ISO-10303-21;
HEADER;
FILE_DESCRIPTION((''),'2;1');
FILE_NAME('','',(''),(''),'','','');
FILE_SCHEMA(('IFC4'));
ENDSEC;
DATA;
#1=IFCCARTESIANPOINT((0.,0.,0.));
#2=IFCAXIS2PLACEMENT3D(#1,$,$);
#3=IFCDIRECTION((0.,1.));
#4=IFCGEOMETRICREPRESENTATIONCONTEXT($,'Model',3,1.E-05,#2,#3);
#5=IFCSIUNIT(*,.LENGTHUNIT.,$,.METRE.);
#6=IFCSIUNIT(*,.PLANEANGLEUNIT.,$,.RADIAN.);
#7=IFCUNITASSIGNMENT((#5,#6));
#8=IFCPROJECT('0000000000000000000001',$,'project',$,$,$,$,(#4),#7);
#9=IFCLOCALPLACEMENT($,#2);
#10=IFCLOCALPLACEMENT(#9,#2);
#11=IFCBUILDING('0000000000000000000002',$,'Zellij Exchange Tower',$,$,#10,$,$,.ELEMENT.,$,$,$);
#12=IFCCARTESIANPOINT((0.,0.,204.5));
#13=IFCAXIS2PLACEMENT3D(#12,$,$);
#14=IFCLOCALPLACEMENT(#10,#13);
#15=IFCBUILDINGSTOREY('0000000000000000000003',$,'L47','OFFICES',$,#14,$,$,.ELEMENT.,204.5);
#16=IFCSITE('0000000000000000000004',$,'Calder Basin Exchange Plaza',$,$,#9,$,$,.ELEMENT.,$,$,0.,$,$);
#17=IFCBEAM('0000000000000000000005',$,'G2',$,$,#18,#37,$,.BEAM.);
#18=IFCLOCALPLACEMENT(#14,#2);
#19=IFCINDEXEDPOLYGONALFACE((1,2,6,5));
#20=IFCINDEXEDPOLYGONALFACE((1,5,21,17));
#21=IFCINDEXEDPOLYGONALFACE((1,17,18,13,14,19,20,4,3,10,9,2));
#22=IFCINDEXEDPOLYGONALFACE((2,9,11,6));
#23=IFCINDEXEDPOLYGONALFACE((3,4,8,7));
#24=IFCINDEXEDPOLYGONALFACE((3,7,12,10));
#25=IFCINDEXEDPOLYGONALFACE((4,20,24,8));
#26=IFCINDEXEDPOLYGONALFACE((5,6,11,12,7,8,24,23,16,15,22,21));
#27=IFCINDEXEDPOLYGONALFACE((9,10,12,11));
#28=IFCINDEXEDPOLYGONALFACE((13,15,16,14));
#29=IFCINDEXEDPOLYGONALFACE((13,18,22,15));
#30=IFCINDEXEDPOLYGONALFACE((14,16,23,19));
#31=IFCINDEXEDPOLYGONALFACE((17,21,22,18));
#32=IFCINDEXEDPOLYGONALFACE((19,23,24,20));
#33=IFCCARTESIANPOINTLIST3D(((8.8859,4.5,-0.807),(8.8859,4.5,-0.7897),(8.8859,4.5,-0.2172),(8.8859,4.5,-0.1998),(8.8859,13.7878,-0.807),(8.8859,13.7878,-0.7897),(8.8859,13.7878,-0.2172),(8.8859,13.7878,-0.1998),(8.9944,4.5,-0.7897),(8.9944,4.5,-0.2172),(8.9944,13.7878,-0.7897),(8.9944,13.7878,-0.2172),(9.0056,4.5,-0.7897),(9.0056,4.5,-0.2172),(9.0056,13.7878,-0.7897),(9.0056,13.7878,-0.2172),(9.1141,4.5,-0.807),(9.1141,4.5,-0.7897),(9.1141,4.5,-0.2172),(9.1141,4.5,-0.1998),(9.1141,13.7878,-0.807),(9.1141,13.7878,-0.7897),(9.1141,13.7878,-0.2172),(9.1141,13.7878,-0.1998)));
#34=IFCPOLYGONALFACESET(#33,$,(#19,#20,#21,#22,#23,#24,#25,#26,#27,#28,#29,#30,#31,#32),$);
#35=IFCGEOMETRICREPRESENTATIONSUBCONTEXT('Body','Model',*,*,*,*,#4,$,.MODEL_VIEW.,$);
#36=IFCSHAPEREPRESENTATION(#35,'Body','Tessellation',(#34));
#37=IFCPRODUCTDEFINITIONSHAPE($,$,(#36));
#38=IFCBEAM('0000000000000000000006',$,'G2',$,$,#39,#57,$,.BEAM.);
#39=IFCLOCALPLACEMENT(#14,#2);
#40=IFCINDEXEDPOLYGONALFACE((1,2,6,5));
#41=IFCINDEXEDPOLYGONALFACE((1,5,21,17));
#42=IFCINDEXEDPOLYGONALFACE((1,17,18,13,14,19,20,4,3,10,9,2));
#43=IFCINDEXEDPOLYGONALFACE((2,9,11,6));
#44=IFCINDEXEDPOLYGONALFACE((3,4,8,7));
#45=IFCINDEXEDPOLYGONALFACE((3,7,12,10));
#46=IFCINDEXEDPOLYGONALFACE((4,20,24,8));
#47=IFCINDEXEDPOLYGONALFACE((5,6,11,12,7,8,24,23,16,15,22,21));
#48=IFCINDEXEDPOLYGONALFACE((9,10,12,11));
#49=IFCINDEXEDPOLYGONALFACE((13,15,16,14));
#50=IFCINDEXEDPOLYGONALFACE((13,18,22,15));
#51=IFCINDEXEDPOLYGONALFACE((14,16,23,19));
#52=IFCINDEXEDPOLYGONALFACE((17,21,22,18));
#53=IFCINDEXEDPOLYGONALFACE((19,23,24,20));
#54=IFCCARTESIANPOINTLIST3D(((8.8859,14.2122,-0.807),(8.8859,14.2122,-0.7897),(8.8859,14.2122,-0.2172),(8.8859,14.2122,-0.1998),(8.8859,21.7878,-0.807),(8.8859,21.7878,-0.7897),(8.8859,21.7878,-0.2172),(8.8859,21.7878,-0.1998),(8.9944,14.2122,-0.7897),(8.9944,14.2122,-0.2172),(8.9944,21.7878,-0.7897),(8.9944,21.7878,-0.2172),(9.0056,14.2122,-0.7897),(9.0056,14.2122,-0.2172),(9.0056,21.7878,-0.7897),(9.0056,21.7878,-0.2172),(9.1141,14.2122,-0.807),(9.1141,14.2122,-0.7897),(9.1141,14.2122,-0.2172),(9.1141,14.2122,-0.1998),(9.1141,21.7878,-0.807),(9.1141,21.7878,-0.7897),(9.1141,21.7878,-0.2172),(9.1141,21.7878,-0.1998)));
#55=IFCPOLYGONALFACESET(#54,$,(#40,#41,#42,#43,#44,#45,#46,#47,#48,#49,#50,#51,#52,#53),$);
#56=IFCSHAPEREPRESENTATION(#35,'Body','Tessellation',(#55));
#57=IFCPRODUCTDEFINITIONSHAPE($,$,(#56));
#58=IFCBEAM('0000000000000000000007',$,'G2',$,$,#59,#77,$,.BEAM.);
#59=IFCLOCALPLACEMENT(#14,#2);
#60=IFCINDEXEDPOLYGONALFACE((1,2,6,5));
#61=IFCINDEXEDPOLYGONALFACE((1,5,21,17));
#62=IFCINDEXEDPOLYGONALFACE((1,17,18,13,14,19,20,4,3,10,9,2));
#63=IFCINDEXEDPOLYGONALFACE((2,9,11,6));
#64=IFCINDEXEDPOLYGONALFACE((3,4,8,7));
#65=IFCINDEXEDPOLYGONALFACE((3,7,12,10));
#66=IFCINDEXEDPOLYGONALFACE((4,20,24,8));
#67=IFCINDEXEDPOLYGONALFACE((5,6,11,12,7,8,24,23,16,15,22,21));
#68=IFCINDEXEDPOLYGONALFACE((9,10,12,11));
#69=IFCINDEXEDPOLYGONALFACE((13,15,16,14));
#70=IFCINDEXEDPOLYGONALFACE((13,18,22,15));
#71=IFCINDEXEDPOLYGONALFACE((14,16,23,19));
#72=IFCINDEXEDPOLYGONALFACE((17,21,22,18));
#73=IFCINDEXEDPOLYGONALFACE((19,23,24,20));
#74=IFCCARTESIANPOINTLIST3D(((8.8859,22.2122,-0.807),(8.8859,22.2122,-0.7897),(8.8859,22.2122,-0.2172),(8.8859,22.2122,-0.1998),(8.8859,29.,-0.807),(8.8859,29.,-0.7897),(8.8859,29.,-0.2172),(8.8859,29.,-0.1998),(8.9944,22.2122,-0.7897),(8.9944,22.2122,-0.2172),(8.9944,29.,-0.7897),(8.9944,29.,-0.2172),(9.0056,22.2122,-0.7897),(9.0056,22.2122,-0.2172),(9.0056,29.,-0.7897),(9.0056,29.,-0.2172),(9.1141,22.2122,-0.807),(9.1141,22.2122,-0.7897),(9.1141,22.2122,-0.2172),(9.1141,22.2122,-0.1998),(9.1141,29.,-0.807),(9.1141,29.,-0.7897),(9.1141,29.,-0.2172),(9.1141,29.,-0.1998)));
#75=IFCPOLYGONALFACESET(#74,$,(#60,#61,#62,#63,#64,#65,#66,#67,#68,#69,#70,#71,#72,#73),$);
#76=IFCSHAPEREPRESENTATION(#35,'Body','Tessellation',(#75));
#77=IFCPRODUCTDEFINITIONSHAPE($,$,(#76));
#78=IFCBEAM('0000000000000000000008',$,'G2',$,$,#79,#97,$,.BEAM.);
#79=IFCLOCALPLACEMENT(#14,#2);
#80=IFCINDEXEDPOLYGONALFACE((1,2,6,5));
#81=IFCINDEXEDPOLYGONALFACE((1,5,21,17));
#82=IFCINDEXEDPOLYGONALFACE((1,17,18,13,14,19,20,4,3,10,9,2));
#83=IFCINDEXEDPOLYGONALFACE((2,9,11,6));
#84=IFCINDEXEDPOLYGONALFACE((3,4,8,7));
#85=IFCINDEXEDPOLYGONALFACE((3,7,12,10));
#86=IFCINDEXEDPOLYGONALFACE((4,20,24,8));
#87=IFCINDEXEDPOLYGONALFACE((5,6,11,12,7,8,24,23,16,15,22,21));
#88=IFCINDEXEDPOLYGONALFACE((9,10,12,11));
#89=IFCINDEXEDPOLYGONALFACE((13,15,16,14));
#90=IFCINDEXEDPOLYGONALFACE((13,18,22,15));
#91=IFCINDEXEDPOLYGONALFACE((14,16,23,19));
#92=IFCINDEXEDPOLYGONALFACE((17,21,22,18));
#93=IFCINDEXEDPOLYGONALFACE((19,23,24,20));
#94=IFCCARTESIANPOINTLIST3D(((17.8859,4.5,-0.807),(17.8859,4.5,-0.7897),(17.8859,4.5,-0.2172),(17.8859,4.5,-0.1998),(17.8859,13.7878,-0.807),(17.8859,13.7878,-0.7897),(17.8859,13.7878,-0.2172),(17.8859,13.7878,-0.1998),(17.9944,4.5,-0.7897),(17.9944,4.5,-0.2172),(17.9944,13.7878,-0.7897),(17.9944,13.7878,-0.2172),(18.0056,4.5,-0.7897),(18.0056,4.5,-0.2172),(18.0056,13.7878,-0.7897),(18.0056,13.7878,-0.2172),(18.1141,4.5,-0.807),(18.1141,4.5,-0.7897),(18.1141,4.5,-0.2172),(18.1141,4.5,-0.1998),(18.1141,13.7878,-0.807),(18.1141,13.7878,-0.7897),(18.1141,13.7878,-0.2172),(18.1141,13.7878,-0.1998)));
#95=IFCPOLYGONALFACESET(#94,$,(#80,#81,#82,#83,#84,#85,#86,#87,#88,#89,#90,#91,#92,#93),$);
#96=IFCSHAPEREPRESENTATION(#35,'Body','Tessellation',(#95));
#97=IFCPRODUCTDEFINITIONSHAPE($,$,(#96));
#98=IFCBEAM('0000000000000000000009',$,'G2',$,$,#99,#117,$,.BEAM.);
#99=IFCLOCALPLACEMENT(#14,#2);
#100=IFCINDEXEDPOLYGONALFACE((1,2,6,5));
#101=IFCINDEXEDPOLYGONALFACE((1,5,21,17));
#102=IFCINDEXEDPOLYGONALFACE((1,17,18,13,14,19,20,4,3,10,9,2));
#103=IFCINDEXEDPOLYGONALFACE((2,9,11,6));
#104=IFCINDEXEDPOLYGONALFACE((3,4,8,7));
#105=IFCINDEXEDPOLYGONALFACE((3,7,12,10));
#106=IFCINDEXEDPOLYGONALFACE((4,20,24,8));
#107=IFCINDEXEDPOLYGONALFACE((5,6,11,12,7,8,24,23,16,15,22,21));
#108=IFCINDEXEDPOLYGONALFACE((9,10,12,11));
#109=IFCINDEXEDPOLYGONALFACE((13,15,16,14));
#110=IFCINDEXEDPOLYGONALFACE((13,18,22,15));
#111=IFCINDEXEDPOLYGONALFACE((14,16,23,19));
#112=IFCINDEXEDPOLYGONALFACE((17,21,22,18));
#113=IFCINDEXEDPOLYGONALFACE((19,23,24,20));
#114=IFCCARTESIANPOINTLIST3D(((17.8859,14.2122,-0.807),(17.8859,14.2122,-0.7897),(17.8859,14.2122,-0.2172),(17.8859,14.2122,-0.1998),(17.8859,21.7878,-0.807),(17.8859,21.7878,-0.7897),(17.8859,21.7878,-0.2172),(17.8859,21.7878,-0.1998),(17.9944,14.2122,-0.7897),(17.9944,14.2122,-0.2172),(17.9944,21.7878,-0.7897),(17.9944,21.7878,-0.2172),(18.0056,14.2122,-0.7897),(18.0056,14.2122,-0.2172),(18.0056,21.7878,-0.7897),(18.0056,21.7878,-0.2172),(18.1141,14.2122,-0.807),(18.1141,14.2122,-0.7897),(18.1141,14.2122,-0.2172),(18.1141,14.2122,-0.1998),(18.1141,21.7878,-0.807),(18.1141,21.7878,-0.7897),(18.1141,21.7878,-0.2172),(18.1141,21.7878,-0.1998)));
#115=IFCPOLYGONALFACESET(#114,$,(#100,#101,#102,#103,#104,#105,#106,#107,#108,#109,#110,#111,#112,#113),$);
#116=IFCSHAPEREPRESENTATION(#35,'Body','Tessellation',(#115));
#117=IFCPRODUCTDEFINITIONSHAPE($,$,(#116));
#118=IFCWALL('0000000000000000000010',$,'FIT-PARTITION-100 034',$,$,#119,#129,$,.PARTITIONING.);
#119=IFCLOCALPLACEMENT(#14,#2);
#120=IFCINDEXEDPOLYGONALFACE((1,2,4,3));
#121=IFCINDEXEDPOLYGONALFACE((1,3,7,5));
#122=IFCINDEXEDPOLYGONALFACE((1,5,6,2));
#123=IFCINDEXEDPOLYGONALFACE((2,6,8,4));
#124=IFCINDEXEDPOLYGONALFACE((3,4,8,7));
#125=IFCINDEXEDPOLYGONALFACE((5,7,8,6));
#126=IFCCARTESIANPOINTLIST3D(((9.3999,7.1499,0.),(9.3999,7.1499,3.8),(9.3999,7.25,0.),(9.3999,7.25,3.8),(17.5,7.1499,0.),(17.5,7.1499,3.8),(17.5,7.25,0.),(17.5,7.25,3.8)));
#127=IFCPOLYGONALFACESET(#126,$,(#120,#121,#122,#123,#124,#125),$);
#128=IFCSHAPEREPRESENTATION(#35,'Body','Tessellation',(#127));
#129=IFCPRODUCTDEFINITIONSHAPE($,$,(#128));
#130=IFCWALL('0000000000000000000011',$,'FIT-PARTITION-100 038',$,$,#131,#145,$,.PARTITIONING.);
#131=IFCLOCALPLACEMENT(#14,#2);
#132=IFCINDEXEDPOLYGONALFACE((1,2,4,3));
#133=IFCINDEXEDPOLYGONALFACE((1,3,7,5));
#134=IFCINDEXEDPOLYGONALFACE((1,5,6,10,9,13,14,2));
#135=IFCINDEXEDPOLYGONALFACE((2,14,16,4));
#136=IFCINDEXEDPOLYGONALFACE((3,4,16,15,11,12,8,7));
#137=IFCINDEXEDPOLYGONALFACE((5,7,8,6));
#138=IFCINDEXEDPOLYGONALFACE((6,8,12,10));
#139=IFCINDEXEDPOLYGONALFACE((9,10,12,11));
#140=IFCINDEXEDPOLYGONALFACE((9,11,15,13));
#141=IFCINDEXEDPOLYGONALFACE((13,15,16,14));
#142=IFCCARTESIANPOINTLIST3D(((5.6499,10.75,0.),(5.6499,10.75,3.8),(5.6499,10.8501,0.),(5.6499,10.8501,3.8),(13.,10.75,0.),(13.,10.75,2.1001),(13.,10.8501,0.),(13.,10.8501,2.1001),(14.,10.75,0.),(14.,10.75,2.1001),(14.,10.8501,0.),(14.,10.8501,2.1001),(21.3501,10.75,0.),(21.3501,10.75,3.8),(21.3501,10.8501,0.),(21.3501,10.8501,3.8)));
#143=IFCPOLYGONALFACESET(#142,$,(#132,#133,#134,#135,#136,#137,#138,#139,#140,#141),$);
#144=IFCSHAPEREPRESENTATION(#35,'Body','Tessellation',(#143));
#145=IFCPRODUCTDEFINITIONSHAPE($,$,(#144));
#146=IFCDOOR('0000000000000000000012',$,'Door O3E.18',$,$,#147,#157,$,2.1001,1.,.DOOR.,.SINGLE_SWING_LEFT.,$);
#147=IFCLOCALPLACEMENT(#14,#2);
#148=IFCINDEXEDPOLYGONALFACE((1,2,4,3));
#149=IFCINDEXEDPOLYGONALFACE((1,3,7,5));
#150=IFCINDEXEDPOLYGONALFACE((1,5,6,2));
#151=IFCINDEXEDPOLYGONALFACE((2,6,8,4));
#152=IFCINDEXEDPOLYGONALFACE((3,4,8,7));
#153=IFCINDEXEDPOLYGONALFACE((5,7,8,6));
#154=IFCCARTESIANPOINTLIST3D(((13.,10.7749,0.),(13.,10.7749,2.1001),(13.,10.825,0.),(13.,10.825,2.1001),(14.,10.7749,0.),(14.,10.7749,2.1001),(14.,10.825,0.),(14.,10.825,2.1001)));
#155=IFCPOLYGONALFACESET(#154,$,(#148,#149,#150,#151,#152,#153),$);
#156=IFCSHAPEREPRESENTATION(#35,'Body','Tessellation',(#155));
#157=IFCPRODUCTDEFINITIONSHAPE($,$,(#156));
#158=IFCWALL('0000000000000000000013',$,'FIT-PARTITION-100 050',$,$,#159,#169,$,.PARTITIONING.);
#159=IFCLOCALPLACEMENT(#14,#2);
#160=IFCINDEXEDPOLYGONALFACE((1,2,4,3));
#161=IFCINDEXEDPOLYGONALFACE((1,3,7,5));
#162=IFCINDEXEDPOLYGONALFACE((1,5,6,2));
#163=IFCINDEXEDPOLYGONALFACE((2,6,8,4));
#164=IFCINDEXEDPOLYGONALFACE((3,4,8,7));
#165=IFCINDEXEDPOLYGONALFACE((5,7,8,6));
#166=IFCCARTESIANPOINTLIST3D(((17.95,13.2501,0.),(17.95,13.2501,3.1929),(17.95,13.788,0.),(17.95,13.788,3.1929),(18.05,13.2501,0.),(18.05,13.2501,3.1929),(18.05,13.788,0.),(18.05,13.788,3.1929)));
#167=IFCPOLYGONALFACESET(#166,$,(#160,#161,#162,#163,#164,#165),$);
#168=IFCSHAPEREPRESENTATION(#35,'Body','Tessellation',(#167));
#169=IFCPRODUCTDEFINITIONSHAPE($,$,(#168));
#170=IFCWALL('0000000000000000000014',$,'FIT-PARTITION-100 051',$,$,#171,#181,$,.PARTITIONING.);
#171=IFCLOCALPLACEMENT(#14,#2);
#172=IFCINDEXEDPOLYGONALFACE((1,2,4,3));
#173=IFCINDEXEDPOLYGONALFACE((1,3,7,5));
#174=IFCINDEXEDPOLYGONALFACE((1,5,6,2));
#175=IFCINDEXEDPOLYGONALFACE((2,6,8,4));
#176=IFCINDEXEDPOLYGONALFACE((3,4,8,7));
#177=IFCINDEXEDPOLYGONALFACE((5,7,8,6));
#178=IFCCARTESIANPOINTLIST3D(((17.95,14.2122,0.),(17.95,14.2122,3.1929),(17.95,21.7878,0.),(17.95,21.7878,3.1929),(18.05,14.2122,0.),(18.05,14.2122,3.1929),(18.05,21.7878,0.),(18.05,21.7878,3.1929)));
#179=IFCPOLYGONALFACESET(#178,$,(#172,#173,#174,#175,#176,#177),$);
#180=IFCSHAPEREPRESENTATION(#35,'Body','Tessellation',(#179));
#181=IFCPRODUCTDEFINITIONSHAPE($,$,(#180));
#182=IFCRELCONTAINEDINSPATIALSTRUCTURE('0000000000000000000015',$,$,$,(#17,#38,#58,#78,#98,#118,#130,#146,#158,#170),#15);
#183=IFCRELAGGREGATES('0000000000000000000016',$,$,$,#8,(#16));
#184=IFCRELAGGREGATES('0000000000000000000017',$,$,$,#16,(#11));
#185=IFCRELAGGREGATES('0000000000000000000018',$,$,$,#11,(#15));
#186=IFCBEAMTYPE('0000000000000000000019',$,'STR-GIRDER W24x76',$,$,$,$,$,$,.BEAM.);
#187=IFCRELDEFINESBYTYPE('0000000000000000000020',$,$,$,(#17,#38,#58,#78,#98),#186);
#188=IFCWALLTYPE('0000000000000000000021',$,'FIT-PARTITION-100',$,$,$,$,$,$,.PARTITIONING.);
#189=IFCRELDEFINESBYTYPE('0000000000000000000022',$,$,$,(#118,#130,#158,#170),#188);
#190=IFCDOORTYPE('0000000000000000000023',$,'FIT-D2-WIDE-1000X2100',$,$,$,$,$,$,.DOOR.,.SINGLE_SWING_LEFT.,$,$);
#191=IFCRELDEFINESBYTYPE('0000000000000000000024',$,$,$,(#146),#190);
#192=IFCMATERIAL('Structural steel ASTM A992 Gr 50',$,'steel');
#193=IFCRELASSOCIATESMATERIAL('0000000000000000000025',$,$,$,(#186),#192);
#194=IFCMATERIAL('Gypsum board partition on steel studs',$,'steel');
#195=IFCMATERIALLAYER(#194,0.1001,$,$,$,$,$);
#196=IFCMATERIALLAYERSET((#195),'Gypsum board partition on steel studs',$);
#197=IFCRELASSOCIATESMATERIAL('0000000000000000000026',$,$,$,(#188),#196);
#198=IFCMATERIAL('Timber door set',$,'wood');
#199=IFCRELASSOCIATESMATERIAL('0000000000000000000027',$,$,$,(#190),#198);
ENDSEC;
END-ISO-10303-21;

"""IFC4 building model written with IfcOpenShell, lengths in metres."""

from ifc_helpers import new_model, si_unit, direction, frame, frame_2d, origin, origin_2d, place, context, subcontext, project, spatial, rectangle, i_section, extrude, material, layer, layer_set, material_profile, profile_set, type_object, element, fill, save


model = new_model("IFC4")

# Units and contexts
model_context = context("Model", 3, precision=1e-05, world=origin(), true_north=direction((0.0, 1.0)))
body_context = subcontext(model_context, "Body", "Model", "MODEL_VIEW")
ifc_project = project(units=[si_unit("LENGTHUNIT", "METRE"), si_unit("PLANEANGLEUNIT", "RADIAN")], contexts=[model_context])

# Site, building, storey
site_placement = place(None, origin())
site = spatial("IfcSite", under=ifc_project, at=site_placement, Name="Calder Basin Exchange Plaza", CompositionType="ELEMENT", RefElevation=0.0)
building_placement = place(site_placement, origin())
building = spatial("IfcBuilding", under=site, at=building_placement, Name="Zellij Exchange Tower", CompositionType="ELEMENT")
storey_placement = place(building_placement, frame((0.0, 0.0, 204.5)))
storey = spatial("IfcBuildingStorey", under=building, at=storey_placement, Name="L47", Description="OFFICES", CompositionType="ELEMENT", Elevation=204.5)

# Beams
ifc_material_1 = material(Name="Structural steel ASTM A992 Gr 50", Category="steel")
ifc_material_profile_1 = material_profile(ifc_material_1, i_section(OverallWidth=0.2283, OverallDepth=0.6072, WebThickness=0.0112, FlangeThickness=0.0173, at=origin_2d()), Name="W24x76")
ifc_profile_set_1 = profile_set([ifc_material_profile_1], Name="Structural steel ASTM A992 Gr 50")
beam_type = type_object("IfcBeamType", Name="STR-GIRDER W24x76", PredefinedType="BEAM", material=ifc_profile_set_1)
beam_1_placement = place(storey_placement, frame((9.0, 4.5, -0.5034), z_axis=(0.0, 1.0, 0.0), x_axis=(-1.0, 0.0, 0.0)))
element("IfcBeam", 1, at=beam_1_placement, inside=storey, type_object=beam_type, Name="G2", PredefinedType="BEAM", context=body_context, shape_type="SweptSolid", body=[
    extrude(i_section(OverallWidth=0.2283, OverallDepth=0.6072, WebThickness=0.0112, FlangeThickness=0.0173, at=origin_2d()), origin(), (0.0, 0.0, 1.0), 9.2878),
])
beam_2_placement = place(storey_placement, frame((9.0, 14.2122, -0.5034), z_axis=(0.0, 1.0, 0.0), x_axis=(-1.0, 0.0, 0.0)))
element("IfcBeam", 2, at=beam_2_placement, inside=storey, type_object=beam_type, Name="G2", PredefinedType="BEAM", context=body_context, shape_type="SweptSolid", body=[
    extrude(i_section(OverallWidth=0.2283, OverallDepth=0.6072, WebThickness=0.0112, FlangeThickness=0.0173, at=origin_2d()), origin(), (0.0, 0.0, 1.0), 7.5757),
])
beam_3_placement = place(storey_placement, frame((9.0, 22.2122, -0.5034), z_axis=(0.0, 1.0, 0.0), x_axis=(-1.0, 0.0, 0.0)))
element("IfcBeam", 3, at=beam_3_placement, inside=storey, type_object=beam_type, Name="G2", PredefinedType="BEAM", context=body_context, shape_type="SweptSolid", body=[
    extrude(i_section(OverallWidth=0.2283, OverallDepth=0.6072, WebThickness=0.0112, FlangeThickness=0.0173, at=origin_2d()), origin(), (0.0, 0.0, 1.0), 6.7878),
])
beam_4_placement = place(storey_placement, frame((18.0, 4.5, -0.5034), z_axis=(0.0, 1.0, 0.0), x_axis=(-1.0, 0.0, 0.0)))
element("IfcBeam", 4, at=beam_4_placement, inside=storey, type_object=beam_type, Name="G2", PredefinedType="BEAM", context=body_context, shape_type="SweptSolid", body=[
    extrude(i_section(OverallWidth=0.2283, OverallDepth=0.6072, WebThickness=0.0112, FlangeThickness=0.0173, at=origin_2d()), origin(), (0.0, 0.0, 1.0), 9.2878),
])
beam_5_placement = place(storey_placement, frame((18.0, 14.2122, -0.5034), z_axis=(0.0, 1.0, 0.0), x_axis=(-1.0, 0.0, 0.0)))
element("IfcBeam", 5, at=beam_5_placement, inside=storey, type_object=beam_type, Name="G2", PredefinedType="BEAM", context=body_context, shape_type="SweptSolid", body=[
    extrude(i_section(OverallWidth=0.2283, OverallDepth=0.6072, WebThickness=0.0112, FlangeThickness=0.0173, at=origin_2d()), origin(), (0.0, 0.0, 1.0), 7.5757),
])

# Wall
ifc_material_2 = material(Name="Gypsum board partition on steel studs", Category="steel")
ifc_layer_1 = layer(ifc_material_2, 0.1001)
ifc_layer_set_1 = layer_set([ifc_layer_1], Name="Gypsum board partition on steel studs")
wall_type = type_object("IfcWallType", Name="FIT-PARTITION-100", PredefinedType="PARTITIONING", material=ifc_layer_set_1)
wall_1_placement = place(storey_placement, frame((9.3999, 7.2, 0.0), z_axis=(0.0, 0.0, 1.0), x_axis=(1.0, 0.0, 0.0)))
element("IfcWall", 6, at=wall_1_placement, inside=storey, type_object=wall_type, Name="FIT-PARTITION-100 034", PredefinedType="PARTITIONING", context=body_context, shape_type="SweptSolid", body=[
    extrude(rectangle(XDim=8.1001, YDim=0.1001, at=frame_2d((4.05, 0.0))), origin(), (0.0, 0.0, 1.0), 3.8),
])

# Wall, opening, door
wall_2_placement = place(storey_placement, frame((5.6499, 10.8, 0.0), z_axis=(0.0, 0.0, 1.0), x_axis=(1.0, 0.0, 0.0)))
wall_2 = element("IfcWall", 7, at=wall_2_placement, inside=storey, type_object=wall_type, Name="FIT-PARTITION-100 038", PredefinedType="PARTITIONING", context=body_context, shape_type="SweptSolid", body=[
    extrude(rectangle(XDim=15.7002, YDim=0.1001, at=frame_2d((7.8501, 0.0))), origin(), (0.0, 0.0, 1.0), 3.8),
])
opening_placement = place(wall_2_placement, frame((7.3501, 0.0, 0.0)))
opening = element("IfcOpeningElement", 8, at=opening_placement, cuts=wall_2, PredefinedType="OPENING", context=body_context, shape_type="SweptSolid", body=[
    extrude(rectangle(XDim=1.0, YDim=2.1001, at=frame_2d((0.5, 1.05))), frame((0.0, 0.062, 0.0), z_axis=(0.0, -1.0, 0.0), x_axis=(1.0, 0.0, 0.0)), (0.0, 0.0, 1.0), 0.124),
])
ifc_material_3 = material(Name="Timber door set", Category="wood")
door_type = type_object("IfcDoorType", Name="FIT-D2-WIDE-1000X2100", OperationType="SINGLE_SWING_LEFT", PredefinedType="DOOR", material=ifc_material_3)
door_placement = place(opening_placement, origin())
door = element("IfcDoor", 9, at=door_placement, inside=storey, type_object=door_type, Name="Door O3E.18", OperationType="SINGLE_SWING_LEFT", OverallHeight=2.1001, OverallWidth=1.0, PredefinedType="DOOR", context=body_context, shape_type="SweptSolid", body=[
    extrude(rectangle(XDim=1.0, YDim=2.1001, at=frame_2d((0.5, 1.05))), frame((0.0, 0.0249, 0.0), z_axis=(0.0, -1.0, 0.0), x_axis=(1.0, 0.0, 0.0)), (0.0, 0.0, 1.0), 0.05),
])
fill(opening, door)

# Walls
wall_3_placement = place(storey_placement, frame((18.0, 13.25, 0.0), z_axis=(0.0, 0.0, 1.0), x_axis=(0.0, 1.0, 0.0)))
element("IfcWall", 10, at=wall_3_placement, inside=storey, type_object=wall_type, Name="FIT-PARTITION-100 050", PredefinedType="PARTITIONING", context=body_context, shape_type="SweptSolid", body=[
    extrude(rectangle(XDim=0.5378, YDim=0.1001, at=frame_2d((0.269, 0.0))), origin(), (0.0, 0.0, 1.0), 3.1929),
])
wall_4_placement = place(storey_placement, frame((18.0, 14.2122, 0.0), z_axis=(0.0, 0.0, 1.0), x_axis=(0.0, 1.0, 0.0)))
element("IfcWall", 11, at=wall_4_placement, inside=storey, type_object=wall_type, Name="FIT-PARTITION-100 051", PredefinedType="PARTITIONING", context=body_context, shape_type="SweptSolid", body=[
    extrude(rectangle(XDim=7.5757, YDim=0.1001, at=frame_2d((3.7878, 0.0))), origin(), (0.0, 0.0, 1.0), 3.1929),
])

save(model, "model.ifc")
